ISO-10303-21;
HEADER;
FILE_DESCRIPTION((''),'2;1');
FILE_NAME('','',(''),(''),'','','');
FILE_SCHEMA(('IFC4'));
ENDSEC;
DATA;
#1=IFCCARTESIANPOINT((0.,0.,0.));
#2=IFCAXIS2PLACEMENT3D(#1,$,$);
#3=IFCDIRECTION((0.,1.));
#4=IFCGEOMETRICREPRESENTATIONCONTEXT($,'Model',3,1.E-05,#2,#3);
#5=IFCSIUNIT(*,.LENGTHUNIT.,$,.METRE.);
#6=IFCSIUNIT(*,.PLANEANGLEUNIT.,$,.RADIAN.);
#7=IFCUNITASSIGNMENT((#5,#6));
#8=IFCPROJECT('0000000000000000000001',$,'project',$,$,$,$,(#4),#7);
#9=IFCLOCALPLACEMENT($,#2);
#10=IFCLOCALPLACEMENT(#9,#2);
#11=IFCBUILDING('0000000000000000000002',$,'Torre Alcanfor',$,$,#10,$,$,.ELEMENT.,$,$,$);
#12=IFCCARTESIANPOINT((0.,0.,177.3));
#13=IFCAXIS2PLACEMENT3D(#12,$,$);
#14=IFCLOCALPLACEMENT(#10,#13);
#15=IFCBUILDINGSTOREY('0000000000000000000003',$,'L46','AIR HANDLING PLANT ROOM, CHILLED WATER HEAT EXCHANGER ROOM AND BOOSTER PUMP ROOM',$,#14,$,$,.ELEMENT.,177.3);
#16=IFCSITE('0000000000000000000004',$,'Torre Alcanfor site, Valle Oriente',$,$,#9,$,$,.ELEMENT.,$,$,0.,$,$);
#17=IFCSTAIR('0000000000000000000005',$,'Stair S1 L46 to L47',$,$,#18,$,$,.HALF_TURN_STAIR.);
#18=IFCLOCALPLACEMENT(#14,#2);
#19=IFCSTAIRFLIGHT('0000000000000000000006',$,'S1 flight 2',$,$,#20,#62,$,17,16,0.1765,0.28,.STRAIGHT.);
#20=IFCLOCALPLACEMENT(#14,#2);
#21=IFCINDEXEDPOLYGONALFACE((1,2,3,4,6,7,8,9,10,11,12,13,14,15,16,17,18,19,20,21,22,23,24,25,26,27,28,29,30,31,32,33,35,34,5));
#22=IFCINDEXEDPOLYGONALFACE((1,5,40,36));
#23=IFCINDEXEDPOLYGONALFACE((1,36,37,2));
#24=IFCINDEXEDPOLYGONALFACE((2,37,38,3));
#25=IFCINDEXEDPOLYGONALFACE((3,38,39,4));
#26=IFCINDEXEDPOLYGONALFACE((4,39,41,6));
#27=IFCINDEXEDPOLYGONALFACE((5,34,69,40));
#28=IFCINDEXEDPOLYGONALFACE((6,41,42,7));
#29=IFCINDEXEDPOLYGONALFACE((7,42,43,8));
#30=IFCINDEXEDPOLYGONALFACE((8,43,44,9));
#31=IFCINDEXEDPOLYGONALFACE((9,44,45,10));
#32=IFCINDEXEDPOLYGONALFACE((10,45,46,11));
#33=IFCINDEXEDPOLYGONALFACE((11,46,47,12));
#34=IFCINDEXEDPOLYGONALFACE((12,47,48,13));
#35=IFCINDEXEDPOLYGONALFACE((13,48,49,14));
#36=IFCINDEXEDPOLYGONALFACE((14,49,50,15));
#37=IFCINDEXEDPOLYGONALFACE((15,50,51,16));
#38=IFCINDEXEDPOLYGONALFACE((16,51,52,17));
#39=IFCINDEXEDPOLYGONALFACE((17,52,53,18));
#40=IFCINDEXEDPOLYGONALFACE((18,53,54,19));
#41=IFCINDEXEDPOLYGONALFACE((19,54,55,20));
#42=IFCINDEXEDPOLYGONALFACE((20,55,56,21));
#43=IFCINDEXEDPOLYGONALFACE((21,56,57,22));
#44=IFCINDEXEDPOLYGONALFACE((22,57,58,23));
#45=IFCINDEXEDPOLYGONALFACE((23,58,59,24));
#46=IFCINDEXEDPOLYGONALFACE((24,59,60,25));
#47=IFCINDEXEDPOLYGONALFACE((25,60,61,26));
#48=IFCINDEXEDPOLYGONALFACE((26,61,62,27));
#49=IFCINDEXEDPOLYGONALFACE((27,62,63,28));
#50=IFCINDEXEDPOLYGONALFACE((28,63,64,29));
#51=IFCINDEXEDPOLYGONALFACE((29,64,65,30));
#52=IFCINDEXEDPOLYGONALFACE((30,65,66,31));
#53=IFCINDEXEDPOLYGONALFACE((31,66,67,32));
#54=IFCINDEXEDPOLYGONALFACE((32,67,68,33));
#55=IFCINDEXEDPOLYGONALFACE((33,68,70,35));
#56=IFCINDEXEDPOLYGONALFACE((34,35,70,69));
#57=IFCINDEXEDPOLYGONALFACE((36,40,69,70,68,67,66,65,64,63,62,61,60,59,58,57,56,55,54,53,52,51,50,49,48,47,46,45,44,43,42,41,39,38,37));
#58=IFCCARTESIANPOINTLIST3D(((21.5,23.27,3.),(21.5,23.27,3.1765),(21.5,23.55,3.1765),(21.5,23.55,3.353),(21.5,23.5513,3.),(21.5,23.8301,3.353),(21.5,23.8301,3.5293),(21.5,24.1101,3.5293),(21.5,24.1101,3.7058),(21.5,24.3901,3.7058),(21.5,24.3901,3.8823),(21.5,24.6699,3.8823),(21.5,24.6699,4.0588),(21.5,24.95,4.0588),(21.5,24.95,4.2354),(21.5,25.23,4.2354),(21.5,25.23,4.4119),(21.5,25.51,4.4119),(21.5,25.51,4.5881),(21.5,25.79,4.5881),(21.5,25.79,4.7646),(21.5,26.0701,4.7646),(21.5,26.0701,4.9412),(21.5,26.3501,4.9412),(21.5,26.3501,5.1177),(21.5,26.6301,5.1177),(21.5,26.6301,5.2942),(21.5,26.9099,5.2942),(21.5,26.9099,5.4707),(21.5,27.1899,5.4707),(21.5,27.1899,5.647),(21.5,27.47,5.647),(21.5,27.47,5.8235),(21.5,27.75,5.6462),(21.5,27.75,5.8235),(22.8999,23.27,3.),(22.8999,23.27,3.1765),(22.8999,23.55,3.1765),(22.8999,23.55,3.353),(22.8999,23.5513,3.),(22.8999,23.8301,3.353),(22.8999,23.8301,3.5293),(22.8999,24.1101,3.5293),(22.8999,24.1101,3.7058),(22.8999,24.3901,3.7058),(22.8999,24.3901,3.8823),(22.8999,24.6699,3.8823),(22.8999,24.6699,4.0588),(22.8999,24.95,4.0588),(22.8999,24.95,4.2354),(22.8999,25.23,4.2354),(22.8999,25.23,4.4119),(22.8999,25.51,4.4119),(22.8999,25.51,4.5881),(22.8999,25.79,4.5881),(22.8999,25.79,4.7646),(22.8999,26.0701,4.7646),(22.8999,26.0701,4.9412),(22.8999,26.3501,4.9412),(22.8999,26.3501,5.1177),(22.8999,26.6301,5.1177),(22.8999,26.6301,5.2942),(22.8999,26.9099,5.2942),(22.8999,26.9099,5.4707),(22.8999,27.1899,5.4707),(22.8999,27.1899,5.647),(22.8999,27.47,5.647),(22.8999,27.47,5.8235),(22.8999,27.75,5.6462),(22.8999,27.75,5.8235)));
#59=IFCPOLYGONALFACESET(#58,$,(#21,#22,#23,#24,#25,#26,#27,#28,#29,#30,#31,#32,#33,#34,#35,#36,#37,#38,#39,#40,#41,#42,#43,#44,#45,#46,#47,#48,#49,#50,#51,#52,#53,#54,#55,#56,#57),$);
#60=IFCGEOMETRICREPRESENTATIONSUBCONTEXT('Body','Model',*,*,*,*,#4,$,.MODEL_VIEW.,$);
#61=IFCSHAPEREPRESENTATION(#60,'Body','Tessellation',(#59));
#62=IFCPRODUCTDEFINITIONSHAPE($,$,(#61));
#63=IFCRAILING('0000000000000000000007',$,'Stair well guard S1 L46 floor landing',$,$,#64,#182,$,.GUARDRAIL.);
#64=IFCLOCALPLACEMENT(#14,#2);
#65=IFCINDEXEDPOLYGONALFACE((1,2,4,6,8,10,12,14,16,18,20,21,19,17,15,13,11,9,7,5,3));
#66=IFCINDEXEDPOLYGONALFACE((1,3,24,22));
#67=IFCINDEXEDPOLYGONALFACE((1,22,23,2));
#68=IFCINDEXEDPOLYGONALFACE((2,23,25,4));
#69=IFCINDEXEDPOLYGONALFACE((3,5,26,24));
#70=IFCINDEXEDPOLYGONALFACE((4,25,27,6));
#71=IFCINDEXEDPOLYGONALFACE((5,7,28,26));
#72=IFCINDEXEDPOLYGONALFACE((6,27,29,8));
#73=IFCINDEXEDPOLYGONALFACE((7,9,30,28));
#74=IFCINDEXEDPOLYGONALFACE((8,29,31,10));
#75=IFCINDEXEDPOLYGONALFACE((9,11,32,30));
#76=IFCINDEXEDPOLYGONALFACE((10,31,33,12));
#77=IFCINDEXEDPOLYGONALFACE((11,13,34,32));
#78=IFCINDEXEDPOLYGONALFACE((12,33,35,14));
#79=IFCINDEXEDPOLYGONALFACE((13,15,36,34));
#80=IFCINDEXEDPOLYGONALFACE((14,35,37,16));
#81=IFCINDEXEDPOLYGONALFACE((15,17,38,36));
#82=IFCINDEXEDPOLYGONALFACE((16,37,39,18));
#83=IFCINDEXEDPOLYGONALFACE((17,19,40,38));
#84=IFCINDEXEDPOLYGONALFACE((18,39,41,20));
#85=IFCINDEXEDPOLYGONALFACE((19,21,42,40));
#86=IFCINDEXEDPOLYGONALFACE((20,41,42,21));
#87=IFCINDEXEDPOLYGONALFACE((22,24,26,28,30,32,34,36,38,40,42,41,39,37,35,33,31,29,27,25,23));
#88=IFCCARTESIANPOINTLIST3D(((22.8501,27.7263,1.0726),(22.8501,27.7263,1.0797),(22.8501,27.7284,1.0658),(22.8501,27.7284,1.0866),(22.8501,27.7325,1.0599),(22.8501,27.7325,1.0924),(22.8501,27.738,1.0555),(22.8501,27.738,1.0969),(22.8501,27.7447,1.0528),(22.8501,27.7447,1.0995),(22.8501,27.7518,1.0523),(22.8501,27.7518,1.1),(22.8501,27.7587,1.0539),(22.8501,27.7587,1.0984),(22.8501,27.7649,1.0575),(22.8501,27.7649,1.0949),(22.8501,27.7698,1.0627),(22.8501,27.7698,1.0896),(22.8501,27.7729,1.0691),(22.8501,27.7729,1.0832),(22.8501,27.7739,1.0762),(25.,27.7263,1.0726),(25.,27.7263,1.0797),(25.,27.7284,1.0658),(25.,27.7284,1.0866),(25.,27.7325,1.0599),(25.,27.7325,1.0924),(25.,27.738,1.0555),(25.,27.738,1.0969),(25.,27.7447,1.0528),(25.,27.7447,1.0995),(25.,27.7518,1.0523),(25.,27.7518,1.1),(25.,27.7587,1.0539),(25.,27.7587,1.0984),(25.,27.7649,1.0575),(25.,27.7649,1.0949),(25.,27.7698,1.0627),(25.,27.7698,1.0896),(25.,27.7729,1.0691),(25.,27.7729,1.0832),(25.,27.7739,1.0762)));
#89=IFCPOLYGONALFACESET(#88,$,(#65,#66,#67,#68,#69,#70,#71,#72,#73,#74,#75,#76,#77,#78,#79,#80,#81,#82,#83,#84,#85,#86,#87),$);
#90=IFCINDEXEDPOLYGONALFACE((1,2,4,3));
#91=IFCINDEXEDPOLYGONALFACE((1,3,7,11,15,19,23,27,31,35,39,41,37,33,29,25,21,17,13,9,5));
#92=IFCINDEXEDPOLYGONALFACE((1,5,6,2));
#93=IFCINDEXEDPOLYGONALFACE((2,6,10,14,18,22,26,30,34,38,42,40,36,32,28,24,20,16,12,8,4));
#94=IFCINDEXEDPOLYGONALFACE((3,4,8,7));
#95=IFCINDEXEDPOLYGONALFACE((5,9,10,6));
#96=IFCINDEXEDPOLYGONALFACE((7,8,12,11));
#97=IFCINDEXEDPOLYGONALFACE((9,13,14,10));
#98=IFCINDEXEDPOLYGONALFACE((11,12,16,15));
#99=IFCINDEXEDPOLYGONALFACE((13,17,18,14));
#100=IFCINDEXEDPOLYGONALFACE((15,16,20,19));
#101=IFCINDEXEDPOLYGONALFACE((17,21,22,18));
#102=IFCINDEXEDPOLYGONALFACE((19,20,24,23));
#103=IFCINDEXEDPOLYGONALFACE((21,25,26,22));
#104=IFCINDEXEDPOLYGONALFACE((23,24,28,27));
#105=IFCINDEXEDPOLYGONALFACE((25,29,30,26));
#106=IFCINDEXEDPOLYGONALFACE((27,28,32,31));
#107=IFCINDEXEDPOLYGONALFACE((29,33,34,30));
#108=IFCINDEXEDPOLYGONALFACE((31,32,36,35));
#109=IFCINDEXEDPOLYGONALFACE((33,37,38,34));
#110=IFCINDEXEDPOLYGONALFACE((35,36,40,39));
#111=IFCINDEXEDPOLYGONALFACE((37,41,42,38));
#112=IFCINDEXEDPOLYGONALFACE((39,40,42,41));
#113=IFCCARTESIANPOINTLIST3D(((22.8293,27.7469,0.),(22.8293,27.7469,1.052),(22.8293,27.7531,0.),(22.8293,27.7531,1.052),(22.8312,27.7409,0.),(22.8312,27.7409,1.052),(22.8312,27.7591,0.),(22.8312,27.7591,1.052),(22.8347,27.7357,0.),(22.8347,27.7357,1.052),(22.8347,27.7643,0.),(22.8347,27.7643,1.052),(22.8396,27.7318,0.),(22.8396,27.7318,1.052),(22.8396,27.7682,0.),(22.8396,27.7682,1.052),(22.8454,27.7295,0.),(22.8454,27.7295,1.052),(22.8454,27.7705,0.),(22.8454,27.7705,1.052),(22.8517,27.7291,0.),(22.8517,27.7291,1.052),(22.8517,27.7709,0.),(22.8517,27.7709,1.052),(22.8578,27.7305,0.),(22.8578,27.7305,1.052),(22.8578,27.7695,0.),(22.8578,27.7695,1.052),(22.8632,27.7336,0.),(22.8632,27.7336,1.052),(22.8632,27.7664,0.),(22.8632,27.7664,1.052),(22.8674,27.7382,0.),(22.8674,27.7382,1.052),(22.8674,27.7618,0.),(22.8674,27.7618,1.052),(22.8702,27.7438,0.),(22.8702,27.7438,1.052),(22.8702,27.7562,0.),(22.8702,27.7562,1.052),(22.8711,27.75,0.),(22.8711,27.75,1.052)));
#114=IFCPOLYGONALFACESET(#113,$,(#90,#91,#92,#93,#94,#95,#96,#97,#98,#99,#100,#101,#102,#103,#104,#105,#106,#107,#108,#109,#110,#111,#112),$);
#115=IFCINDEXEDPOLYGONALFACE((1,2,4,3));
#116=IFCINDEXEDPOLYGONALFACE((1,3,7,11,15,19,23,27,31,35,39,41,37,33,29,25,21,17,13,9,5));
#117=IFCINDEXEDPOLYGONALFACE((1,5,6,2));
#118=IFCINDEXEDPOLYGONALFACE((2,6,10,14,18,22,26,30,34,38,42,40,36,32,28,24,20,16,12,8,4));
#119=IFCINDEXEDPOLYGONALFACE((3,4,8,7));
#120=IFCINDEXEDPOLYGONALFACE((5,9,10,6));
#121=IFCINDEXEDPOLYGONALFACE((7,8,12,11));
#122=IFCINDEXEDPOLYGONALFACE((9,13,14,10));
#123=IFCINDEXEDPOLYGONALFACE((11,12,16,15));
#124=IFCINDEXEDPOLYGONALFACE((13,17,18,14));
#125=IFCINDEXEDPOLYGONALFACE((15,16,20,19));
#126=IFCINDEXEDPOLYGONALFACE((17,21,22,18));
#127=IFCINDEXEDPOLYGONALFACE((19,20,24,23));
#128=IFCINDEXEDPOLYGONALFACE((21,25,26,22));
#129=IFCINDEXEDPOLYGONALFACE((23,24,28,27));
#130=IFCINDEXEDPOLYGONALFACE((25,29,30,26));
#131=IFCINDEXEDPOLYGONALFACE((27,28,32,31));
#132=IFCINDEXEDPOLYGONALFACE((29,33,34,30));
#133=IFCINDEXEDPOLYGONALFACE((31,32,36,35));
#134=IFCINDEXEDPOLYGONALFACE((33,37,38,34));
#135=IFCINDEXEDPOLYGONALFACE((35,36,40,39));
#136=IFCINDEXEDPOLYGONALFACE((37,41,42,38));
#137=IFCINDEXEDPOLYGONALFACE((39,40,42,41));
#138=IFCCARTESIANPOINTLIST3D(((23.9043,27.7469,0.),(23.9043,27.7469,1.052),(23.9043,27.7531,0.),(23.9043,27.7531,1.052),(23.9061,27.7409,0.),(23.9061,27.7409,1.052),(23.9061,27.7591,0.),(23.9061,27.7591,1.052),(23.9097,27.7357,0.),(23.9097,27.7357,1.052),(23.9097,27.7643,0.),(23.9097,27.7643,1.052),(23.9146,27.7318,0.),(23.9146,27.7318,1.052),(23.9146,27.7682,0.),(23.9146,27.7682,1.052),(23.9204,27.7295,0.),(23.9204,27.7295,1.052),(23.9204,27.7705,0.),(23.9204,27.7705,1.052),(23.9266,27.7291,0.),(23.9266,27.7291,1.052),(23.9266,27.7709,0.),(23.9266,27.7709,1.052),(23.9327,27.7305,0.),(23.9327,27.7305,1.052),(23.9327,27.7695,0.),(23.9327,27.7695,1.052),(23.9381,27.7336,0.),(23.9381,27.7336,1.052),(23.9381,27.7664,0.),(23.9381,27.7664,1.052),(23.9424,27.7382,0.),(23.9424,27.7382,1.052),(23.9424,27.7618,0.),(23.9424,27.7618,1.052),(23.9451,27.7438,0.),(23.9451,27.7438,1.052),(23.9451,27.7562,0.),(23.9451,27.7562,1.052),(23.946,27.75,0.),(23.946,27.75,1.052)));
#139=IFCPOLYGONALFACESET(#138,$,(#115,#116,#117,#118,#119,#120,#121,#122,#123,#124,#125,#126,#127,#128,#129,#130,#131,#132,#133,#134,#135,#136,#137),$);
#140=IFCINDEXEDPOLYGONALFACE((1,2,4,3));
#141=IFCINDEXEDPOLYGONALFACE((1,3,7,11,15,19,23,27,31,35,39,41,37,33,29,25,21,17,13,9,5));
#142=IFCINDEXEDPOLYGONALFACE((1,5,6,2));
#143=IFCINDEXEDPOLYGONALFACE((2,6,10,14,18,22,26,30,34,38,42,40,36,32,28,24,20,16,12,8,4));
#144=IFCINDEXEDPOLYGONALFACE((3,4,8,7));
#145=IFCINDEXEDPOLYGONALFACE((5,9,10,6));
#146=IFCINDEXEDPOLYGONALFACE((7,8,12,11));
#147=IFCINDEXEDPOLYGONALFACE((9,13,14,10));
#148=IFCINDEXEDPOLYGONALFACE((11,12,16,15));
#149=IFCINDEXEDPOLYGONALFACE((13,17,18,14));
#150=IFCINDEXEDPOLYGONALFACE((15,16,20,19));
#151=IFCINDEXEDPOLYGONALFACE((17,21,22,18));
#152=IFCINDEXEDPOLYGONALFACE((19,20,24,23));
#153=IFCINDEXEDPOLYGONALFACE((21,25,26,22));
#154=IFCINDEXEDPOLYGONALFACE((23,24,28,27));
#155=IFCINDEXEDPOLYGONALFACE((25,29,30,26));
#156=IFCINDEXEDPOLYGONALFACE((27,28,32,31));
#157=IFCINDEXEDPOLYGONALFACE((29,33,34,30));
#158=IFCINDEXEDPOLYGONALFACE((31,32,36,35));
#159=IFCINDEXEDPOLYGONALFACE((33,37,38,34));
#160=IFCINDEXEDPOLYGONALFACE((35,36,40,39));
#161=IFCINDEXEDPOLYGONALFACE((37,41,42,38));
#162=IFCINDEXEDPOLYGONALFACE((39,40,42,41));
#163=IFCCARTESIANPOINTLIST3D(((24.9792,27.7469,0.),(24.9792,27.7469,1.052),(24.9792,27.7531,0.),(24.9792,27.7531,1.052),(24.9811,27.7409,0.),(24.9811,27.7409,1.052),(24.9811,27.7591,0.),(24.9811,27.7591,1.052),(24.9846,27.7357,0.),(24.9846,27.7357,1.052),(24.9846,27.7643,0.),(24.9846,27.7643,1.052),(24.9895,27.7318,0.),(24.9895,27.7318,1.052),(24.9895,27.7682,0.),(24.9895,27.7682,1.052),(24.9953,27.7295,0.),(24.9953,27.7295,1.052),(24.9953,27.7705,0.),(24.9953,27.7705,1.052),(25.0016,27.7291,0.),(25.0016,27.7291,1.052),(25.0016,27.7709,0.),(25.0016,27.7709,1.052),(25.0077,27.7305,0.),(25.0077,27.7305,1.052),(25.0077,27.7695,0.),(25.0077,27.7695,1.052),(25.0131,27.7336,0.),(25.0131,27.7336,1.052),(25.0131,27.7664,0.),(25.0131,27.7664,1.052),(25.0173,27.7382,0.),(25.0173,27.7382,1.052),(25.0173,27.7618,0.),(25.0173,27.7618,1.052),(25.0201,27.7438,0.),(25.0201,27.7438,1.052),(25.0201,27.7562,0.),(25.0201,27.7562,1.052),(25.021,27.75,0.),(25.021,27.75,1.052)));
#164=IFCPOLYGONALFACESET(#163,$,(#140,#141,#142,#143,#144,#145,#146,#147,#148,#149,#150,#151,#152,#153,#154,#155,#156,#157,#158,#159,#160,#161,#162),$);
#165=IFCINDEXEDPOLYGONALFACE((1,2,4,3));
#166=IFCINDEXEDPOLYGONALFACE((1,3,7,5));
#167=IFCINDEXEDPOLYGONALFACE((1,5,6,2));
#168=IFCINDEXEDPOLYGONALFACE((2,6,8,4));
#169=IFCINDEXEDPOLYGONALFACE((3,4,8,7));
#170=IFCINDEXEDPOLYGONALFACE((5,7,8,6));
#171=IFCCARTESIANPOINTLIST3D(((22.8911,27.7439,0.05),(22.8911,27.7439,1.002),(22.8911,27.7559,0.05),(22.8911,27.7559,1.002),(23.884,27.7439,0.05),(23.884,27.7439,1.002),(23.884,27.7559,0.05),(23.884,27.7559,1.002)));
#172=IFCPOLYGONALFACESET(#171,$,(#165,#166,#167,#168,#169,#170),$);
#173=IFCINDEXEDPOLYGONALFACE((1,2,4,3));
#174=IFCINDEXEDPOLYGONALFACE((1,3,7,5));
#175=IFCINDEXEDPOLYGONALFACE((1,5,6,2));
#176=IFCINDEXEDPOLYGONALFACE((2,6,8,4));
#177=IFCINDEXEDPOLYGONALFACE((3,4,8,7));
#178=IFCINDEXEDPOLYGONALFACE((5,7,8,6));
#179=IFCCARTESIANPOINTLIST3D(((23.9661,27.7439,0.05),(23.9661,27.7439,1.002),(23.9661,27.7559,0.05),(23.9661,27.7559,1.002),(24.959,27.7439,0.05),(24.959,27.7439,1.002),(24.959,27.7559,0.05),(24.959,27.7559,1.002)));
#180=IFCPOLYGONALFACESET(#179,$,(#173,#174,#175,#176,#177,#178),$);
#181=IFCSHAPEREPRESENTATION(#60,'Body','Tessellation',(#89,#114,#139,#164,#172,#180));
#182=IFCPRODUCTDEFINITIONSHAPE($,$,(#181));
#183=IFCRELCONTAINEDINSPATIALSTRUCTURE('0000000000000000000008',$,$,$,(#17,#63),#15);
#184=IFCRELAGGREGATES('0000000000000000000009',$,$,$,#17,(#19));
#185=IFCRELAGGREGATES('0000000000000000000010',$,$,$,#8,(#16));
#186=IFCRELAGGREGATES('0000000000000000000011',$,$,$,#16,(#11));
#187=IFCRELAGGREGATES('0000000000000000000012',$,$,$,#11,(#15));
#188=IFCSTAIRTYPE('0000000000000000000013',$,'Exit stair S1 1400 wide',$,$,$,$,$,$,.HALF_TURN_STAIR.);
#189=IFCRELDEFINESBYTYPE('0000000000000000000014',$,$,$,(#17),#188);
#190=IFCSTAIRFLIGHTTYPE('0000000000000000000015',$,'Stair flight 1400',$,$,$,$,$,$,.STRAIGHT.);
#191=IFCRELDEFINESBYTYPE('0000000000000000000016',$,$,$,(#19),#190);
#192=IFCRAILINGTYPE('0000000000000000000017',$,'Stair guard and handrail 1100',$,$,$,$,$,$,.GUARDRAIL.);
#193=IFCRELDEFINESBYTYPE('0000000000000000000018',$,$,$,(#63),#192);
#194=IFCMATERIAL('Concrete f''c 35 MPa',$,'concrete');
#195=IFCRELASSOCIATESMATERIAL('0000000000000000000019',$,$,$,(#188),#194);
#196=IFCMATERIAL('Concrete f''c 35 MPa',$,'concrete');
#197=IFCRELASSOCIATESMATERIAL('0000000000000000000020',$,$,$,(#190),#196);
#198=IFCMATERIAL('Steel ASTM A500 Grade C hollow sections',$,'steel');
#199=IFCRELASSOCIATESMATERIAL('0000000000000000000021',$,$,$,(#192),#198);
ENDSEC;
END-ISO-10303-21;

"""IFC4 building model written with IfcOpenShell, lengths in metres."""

from ifc_helpers import new_model, si_unit, direction, frame, origin, origin_2d, place, context, subcontext, project, spatial, polyline, circle, outline, extrude, material, type_object, element, aggregate, save


model = new_model("IFC4")

# Units and contexts
model_context = context("Model", 3, precision=1e-05, world=origin(), true_north=direction((0.0, 1.0)))
body_context = subcontext(model_context, "Body", "Model", "MODEL_VIEW")
ifc_project = project(units=[si_unit("LENGTHUNIT", "METRE"), si_unit("PLANEANGLEUNIT", "RADIAN")], contexts=[model_context])

# Site, building, storey
site_placement = place(None, origin())
site = spatial("IfcSite", under=ifc_project, at=site_placement, Name="Torre Alcanfor site, Valle Oriente", CompositionType="ELEMENT", RefElevation=0.0)
building_placement = place(site_placement, origin())
building = spatial("IfcBuilding", under=site, at=building_placement, Name="Torre Alcanfor", CompositionType="ELEMENT")
storey_placement = place(building_placement, frame((0.0, 0.0, 177.3)))
storey = spatial("IfcBuildingStorey", under=building, at=storey_placement, Name="L46", Description="AIR HANDLING PLANT ROOM, CHILLED WATER HEAT EXCHANGER ROOM AND BOOSTER PUMP ROOM", CompositionType="ELEMENT", Elevation=177.3)

# Stair, stair flight
ifc_material_1 = material(Name="Concrete f'c 35 MPa", Category="concrete")
stair_type = type_object("IfcStairType", Name="Exit stair S1 1400 wide", PredefinedType="HALF_TURN_STAIR", material=ifc_material_1)
stair_placement = place(storey_placement, origin())
stair = element("IfcStair", 1, at=stair_placement, inside=storey, type_object=stair_type, Name="Stair S1 L46 to L47", PredefinedType="HALF_TURN_STAIR")
ifc_material_2 = material(Name="Concrete f'c 35 MPa", Category="concrete")
stair_flight_type = type_object("IfcStairFlightType", Name="Stair flight 1400", PredefinedType="STRAIGHT", material=ifc_material_2)
stair_flight_placement = place(storey_placement, frame((22.2, 23.27, 3.0), z_axis=(0.0, 0.0, 1.0), x_axis=(0.0, 1.0, 0.0)))
stair_flight = element("IfcStairFlight", 2, at=stair_flight_placement, type_object=stair_flight_type, Name="S1 flight 2", NumberOfRisers=17, NumberOfTreads=16, PredefinedType="STRAIGHT", RiserHeight=0.1765, TreadLength=0.28, context=body_context, shape_type="SweptSolid", body=[
    extrude(outline(polyline([(0.0, 0.0), (0.0, 0.1765), (0.28, 0.1765), (0.28, 0.353), (0.5601, 0.353), (0.5601, 0.5293), (0.8401, 0.5293), (0.8401, 0.7058), (1.1201, 0.7058), (1.1201, 0.8823), (1.3999, 0.8823), (1.3999, 1.0588), (1.6799, 1.0588), (1.6799, 1.2354), (1.96, 1.2354), (1.96, 1.4119), (2.24, 1.4119), (2.24, 1.5881), (2.52, 1.5881), (2.52, 1.7646), (2.8, 1.7646), (2.8, 1.9412), (3.0801, 1.9412), (3.0801, 2.1177), (3.3601, 2.1177), (3.3601, 2.2942), (3.6399, 2.2942), (3.6399, 2.4707), (3.9199, 2.4707), (3.9199, 2.647), (4.2, 2.647), (4.2, 2.8235), (4.48, 2.8235), (4.48, 3.0), (4.48, 2.6462), (0.2812, 0.0), (0.0, 0.0)])), frame((0.0, 0.7, 0.0), z_axis=(0.0, -1.0, 0.0), x_axis=(1.0, 0.0, 0.0)), (0.0, 0.0, 1.0), 1.3999),
])
aggregate(stair, [stair_flight])

# Railing
ifc_material_3 = material(Name="Steel ASTM A500 Grade C hollow sections", Category="steel")
railing_type_1 = type_object("IfcRailingType", Name="Stair guard and handrail 1100", PredefinedType="GUARDRAIL", material=ifc_material_3)
for number, where, name in (
    (3, (22.8501, 27.75, 0.0), "Stair well guard S1 L46 floor landing"),
):
    element("IfcRailing", number, at=place(storey_placement, frame(where)), inside=storey, type_object=railing_type_1, Name=name, PredefinedType="GUARDRAIL", context=body_context, shape_type="SweptSolid", body=[
        extrude(circle(Radius=0.0239, at=origin_2d()), frame((0.0, 0.0, 1.0762), z_axis=(1.0, 0.0, 0.0), x_axis=(0.0, 1.0, 0.0)), (0.0, 0.0, 1.0), 2.1499),
        extrude(circle(Radius=0.021, at=origin_2d()), origin(), (0.0, 0.0, 1.0), 1.052),
        extrude(circle(Radius=0.021, at=origin_2d()), frame((1.075, 0.0, 0.0)), (0.0, 0.0, 1.0), 1.052),
        extrude(circle(Radius=0.021, at=origin_2d()), frame((2.1499, 0.0, 0.0)), (0.0, 0.0, 1.0), 1.052),
        extrude(outline(polyline([(0.041, 0.05), (1.0339, 0.05), (1.0339, 1.002), (0.041, 1.002), (0.041, 0.05)])), frame((0.0, 0.0059, 0.0), z_axis=(0.0, -1.0, 0.0), x_axis=(1.0, 0.0, 0.0)), (0.0, 0.0, 1.0), 0.012),
        extrude(outline(polyline([(1.116, 0.05), (2.1089, 0.05), (2.1089, 1.002), (1.116, 1.002), (1.116, 0.05)])), frame((0.0, 0.0059, 0.0), z_axis=(0.0, -1.0, 0.0), x_axis=(1.0, 0.0, 0.0)), (0.0, 0.0, 1.0), 0.012),
    ])

save(model, "model.ifc")
